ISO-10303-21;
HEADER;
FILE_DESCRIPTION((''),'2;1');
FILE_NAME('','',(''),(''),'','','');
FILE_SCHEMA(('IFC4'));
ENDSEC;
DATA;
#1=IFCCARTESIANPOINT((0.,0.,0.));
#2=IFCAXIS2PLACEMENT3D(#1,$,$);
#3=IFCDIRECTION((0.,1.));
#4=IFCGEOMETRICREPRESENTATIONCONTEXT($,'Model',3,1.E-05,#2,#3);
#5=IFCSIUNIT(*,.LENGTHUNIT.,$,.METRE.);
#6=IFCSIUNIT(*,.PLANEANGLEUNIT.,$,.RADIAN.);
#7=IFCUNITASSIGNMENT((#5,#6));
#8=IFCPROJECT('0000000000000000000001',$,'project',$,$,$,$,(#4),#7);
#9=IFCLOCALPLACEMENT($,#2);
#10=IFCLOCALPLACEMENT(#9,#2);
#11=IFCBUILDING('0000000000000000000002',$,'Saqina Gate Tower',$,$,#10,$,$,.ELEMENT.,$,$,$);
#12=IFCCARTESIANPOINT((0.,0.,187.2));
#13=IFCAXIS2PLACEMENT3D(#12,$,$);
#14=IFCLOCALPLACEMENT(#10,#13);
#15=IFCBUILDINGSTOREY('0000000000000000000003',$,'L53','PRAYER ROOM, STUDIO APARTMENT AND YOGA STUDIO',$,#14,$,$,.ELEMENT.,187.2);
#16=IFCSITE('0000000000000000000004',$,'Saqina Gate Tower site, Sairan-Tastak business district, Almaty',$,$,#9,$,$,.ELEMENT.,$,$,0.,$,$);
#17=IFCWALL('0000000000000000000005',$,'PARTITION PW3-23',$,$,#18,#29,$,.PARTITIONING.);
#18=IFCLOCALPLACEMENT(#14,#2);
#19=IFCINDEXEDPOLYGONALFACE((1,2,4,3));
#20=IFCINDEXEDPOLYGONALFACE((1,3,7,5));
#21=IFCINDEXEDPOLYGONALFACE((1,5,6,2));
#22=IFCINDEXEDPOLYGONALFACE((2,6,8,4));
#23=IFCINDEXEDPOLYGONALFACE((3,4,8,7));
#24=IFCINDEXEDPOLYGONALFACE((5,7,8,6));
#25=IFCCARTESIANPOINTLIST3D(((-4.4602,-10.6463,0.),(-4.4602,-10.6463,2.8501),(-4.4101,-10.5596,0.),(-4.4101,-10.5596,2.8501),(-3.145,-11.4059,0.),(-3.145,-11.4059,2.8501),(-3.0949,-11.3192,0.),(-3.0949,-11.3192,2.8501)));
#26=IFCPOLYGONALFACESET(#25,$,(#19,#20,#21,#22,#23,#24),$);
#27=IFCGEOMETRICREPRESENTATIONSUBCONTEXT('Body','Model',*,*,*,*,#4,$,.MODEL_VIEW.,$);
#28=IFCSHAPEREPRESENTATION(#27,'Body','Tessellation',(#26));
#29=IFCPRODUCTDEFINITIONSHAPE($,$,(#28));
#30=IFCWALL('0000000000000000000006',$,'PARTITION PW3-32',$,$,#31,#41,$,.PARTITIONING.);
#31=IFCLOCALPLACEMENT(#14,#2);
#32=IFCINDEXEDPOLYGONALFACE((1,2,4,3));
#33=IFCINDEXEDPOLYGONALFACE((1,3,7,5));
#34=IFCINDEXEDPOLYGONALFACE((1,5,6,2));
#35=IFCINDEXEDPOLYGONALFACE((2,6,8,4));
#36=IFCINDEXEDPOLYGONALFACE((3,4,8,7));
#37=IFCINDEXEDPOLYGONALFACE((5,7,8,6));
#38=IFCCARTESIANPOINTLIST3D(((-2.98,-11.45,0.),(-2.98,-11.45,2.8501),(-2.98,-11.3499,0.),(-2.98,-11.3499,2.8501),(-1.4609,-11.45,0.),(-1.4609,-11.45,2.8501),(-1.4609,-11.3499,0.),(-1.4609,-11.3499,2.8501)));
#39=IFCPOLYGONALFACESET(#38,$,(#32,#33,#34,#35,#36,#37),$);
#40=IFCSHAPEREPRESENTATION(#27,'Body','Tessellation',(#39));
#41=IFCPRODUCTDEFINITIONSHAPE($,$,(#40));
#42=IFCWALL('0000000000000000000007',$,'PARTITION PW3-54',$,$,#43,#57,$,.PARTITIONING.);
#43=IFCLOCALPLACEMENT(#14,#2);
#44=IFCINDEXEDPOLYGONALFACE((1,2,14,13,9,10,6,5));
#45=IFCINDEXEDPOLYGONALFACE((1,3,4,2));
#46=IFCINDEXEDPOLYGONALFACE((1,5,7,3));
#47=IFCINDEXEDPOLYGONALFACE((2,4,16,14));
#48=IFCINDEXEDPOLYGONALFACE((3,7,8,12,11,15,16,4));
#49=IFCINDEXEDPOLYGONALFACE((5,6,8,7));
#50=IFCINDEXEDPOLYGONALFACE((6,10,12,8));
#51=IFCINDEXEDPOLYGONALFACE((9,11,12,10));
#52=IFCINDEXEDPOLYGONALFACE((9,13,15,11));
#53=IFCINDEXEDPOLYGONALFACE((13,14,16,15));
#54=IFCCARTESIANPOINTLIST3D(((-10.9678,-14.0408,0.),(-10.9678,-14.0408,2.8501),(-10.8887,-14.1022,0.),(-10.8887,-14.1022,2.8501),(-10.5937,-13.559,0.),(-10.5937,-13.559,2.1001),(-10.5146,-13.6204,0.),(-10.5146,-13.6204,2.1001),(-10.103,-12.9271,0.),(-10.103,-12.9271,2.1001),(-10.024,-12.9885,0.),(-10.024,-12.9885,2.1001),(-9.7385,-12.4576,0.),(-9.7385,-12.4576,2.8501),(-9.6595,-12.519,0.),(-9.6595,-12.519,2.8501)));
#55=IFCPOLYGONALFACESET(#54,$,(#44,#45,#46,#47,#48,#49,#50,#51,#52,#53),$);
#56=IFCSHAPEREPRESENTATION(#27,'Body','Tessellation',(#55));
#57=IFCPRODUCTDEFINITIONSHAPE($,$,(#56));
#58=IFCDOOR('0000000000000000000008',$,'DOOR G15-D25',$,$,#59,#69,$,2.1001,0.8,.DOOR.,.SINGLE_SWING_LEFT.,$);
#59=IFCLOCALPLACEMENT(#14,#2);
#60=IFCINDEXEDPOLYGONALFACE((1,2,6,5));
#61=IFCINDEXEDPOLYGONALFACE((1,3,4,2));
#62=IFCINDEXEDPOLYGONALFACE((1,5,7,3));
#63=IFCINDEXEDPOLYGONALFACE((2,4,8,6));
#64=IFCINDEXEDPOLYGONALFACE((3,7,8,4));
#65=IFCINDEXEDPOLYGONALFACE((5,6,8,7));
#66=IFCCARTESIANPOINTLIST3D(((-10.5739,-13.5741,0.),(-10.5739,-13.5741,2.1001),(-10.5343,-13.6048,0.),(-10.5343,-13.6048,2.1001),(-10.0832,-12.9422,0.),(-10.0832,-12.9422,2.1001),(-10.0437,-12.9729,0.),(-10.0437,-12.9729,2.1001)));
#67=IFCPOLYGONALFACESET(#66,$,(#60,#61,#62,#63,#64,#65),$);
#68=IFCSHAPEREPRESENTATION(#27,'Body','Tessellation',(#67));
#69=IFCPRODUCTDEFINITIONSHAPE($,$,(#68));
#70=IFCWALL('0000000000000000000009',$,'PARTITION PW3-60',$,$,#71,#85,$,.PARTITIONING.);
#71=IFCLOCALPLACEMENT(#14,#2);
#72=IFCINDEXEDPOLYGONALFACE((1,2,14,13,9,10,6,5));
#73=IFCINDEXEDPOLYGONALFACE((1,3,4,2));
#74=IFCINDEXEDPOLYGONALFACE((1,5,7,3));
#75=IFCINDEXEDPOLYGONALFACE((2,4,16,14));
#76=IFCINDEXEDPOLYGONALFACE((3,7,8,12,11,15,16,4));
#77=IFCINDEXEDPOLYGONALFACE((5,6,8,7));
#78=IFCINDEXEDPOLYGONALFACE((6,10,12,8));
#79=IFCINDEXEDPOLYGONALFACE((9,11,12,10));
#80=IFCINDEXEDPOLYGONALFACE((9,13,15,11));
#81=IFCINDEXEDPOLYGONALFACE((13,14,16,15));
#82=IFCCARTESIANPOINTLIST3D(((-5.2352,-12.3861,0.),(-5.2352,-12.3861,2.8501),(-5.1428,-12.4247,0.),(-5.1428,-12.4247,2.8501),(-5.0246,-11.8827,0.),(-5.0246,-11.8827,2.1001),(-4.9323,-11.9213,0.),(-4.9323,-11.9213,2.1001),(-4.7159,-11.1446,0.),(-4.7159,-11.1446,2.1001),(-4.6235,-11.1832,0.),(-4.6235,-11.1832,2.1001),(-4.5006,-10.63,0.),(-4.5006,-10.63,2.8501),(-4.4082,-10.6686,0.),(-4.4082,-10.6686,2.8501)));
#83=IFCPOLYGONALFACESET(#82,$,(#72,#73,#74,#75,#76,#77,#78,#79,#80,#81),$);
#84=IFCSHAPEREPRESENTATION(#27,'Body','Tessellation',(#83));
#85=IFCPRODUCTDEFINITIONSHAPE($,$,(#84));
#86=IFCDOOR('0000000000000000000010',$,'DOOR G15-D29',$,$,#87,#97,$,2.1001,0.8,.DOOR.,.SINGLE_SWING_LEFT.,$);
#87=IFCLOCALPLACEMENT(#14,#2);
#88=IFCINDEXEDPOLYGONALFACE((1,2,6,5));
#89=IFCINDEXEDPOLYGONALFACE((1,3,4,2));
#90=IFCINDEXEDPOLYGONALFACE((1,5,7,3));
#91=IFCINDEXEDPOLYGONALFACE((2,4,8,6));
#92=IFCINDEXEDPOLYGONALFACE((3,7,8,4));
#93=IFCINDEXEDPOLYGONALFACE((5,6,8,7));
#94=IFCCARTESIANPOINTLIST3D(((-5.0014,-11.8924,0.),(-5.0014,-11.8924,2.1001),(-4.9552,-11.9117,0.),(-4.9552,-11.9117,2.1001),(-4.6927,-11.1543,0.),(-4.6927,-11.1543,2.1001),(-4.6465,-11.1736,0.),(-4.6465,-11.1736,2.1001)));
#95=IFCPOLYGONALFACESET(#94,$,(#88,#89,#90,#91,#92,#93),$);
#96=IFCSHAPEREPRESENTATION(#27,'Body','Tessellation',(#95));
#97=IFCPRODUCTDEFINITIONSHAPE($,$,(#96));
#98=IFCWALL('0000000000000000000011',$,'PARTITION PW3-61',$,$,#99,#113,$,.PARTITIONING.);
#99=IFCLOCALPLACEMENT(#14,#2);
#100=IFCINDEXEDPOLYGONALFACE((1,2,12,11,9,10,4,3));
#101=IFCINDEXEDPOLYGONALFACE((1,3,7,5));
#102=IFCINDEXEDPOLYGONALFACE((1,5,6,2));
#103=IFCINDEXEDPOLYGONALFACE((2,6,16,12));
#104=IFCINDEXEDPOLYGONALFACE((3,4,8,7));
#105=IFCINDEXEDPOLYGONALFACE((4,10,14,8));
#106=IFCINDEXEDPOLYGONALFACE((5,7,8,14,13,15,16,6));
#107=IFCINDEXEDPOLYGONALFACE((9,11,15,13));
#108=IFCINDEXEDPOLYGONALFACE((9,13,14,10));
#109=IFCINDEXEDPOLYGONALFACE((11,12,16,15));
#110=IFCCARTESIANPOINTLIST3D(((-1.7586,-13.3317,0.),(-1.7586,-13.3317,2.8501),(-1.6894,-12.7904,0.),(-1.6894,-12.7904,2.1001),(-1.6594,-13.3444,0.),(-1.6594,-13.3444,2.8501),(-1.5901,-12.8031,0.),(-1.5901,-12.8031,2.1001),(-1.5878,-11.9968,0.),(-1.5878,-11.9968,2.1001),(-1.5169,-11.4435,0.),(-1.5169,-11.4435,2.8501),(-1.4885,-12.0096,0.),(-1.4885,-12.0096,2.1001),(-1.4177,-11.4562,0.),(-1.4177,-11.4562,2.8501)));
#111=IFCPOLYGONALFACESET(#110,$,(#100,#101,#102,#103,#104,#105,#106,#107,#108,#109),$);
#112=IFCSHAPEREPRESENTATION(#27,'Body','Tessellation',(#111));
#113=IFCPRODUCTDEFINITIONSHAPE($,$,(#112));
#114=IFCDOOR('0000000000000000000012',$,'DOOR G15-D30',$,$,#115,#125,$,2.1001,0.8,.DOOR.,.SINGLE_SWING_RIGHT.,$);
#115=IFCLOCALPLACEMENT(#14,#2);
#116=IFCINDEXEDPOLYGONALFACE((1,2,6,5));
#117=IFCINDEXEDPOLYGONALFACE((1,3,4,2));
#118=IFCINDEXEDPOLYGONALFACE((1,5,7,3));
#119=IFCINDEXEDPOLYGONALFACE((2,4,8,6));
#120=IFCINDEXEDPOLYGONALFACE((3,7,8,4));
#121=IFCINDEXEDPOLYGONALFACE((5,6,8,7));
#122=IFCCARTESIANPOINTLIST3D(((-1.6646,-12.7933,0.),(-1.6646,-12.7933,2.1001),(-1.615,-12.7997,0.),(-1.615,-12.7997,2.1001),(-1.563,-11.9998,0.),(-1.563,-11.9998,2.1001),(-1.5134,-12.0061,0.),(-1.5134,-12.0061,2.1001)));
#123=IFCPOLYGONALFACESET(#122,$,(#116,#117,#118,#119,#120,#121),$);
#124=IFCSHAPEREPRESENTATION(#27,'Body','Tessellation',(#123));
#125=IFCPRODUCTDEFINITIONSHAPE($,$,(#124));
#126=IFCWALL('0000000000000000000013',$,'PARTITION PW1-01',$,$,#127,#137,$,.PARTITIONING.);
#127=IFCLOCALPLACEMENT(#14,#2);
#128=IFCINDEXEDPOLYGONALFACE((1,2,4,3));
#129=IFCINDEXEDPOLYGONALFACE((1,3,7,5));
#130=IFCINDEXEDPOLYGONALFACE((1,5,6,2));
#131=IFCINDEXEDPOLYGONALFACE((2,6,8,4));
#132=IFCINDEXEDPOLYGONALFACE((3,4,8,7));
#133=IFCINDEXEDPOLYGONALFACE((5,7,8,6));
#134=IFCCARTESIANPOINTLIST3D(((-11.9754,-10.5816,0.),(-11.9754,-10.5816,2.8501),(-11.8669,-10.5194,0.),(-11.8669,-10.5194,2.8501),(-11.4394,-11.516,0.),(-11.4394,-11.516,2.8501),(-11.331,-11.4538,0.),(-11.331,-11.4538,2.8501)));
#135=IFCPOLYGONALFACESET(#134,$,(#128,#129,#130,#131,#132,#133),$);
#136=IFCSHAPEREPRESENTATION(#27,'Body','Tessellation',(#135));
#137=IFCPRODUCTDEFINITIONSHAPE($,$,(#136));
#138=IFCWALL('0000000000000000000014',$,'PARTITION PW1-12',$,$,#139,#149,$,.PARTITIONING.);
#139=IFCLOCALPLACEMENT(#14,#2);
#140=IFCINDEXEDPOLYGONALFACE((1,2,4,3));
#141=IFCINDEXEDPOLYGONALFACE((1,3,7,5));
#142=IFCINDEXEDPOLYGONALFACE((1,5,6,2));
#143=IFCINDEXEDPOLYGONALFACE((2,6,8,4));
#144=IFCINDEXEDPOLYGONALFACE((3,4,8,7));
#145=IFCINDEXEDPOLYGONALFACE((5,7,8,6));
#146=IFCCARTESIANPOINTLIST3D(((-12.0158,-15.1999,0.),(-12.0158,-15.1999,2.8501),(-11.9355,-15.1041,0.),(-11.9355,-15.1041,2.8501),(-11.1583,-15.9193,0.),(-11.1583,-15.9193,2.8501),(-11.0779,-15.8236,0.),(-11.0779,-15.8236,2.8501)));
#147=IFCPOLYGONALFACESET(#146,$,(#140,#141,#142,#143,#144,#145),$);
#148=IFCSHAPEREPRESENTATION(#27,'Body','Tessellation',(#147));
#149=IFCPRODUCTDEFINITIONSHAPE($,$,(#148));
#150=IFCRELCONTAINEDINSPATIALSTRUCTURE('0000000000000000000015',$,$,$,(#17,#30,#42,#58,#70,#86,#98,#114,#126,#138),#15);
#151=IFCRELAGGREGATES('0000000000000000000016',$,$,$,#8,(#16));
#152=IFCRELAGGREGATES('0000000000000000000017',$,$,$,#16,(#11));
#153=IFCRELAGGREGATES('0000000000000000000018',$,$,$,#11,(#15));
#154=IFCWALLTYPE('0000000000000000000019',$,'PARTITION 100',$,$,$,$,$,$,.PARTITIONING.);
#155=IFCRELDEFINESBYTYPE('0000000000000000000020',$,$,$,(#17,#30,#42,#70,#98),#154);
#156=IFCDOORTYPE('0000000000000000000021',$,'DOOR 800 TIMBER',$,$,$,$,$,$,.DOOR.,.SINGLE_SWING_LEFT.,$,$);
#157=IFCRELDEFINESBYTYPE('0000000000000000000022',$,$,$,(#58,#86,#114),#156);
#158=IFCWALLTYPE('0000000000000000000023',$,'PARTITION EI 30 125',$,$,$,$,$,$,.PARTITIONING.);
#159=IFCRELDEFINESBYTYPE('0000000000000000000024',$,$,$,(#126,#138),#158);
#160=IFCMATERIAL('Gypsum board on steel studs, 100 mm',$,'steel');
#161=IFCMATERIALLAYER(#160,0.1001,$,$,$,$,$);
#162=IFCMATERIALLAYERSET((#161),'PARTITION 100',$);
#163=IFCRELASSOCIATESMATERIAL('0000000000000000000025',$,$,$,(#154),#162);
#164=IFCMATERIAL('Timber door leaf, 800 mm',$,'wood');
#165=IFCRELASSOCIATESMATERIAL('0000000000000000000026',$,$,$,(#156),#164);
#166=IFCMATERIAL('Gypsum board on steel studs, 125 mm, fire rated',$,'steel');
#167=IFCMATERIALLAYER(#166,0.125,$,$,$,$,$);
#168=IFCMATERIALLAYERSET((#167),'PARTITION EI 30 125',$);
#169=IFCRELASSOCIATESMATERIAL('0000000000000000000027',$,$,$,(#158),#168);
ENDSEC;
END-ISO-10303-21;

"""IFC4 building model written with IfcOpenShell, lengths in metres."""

from ifc_helpers import new_model, si_unit, direction, frame, frame_2d, origin, place, context, subcontext, project, spatial, rectangle, extrude, material, layer, layer_set, type_object, element, fill, save


model = new_model("IFC4")

# Units and contexts
model_context = context("Model", 3, precision=1e-05, world=origin(), true_north=direction((0.0, 1.0)))
body_context = subcontext(model_context, "Body", "Model", "MODEL_VIEW")
ifc_project = project(units=[si_unit("LENGTHUNIT", "METRE"), si_unit("PLANEANGLEUNIT", "RADIAN")], contexts=[model_context])

# Site, building, storey
site_placement = place(None, origin())
site = spatial("IfcSite", under=ifc_project, at=site_placement, Name="Saqina Gate Tower site, Sairan-Tastak business district, Almaty", CompositionType="ELEMENT", RefElevation=0.0)
building_placement = place(site_placement, origin())
building = spatial("IfcBuilding", under=site, at=building_placement, Name="Saqina Gate Tower", CompositionType="ELEMENT")
storey_placement = place(building_placement, frame((0.0, 0.0, 187.2)))
storey = spatial("IfcBuildingStorey", under=building, at=storey_placement, Name="L53", Description="PRAYER ROOM, STUDIO APARTMENT AND YOGA STUDIO", CompositionType="ELEMENT", Elevation=187.2)

# Walls
ifc_material_1 = material(Name="Gypsum board on steel studs, 100 mm", Category="steel")
ifc_layer_1 = layer(ifc_material_1, 0.1001)
ifc_layer_set_1 = layer_set([ifc_layer_1], Name="PARTITION 100")
wall_type_1 = type_object("IfcWallType", Name="PARTITION 100", PredefinedType="PARTITIONING", material=ifc_layer_set_1)
wall_1_placement = place(storey_placement, frame((-4.4351, -10.603, 0.0), z_axis=(0.0, 0.0, 1.0), x_axis=(0.865969, -0.500098, 0.0)))
element("IfcWall", 1, at=wall_1_placement, inside=storey, type_object=wall_type_1, Name="PARTITION PW3-23", PredefinedType="PARTITIONING", context=body_context, shape_type="SweptSolid", body=[
    extrude(rectangle(XDim=1.5188, YDim=0.1001, at=frame_2d((0.7593, 0.0))), origin(), (0.0, 0.0, 1.0), 2.8501),
])
wall_2_placement = place(storey_placement, frame((-2.98, -11.3999, 0.0), z_axis=(0.0, 0.0, 1.0), x_axis=(1.0, 0.0, 0.0)))
element("IfcWall", 2, at=wall_2_placement, inside=storey, type_object=wall_type_1, Name="PARTITION PW3-32", PredefinedType="PARTITIONING", context=body_context, shape_type="SweptSolid", body=[
    extrude(rectangle(XDim=1.519, YDim=0.1001, at=frame_2d((0.7595, 0.0))), origin(), (0.0, 0.0, 1.0), 2.8501),
])

# Walls, openings, doors
wall_3_placement = place(storey_placement, frame((-10.9282, -14.0715, 0.0), z_axis=(0.0, 0.0, 1.0), x_axis=(0.613266, 0.789877, 0.0)))
wall_3 = element("IfcWall", 3, at=wall_3_placement, inside=storey, type_object=wall_type_1, Name="PARTITION PW3-54", PredefinedType="PARTITIONING", context=body_context, shape_type="SweptSolid", body=[
    extrude(rectangle(XDim=2.0044, YDim=0.1001, at=frame_2d((1.0022, 0.0))), origin(), (0.0, 0.0, 1.0), 2.8501),
])
opening_1_placement = place(wall_3_placement, frame((0.6101, 0.0, 0.0)))
opening_1 = element("IfcOpeningElement", 4, at=opening_1_placement, cuts=wall_3, PredefinedType="OPENING", context=body_context, shape_type="SweptSolid", body=[
    extrude(rectangle(XDim=0.8, YDim=2.1001, at=frame_2d((0.3999, 1.05))), frame((0.0, 0.062, 0.0), z_axis=(0.0, -1.0, 0.0), x_axis=(1.0, 0.0, 0.0)), (0.0, 0.0, 1.0), 0.124),
])
ifc_material_2 = material(Name="Timber door leaf, 800 mm", Category="wood")
door_type_1 = type_object("IfcDoorType", Name="DOOR 800 TIMBER", OperationType="SINGLE_SWING_LEFT", PredefinedType="DOOR", material=ifc_material_2)
door_1_placement = place(opening_1_placement, frame((0.8, 0.0, 0.0), z_axis=(0.0, 0.0, 1.0), x_axis=(-1.0, 0.0, 0.0)))
door_1 = element("IfcDoor", 5, at=door_1_placement, inside=storey, type_object=door_type_1, Name="DOOR G15-D25", OperationType="SINGLE_SWING_LEFT", OverallHeight=2.1001, OverallWidth=0.8, PredefinedType="DOOR", context=body_context, shape_type="SweptSolid", body=[
    extrude(rectangle(XDim=0.8, YDim=2.1001, at=frame_2d((0.3999, 1.05))), frame((0.0, 0.0249, 0.0), z_axis=(0.0, -1.0, 0.0), x_axis=(1.0, 0.0, 0.0)), (0.0, 0.0, 1.0), 0.05),
])
fill(opening_1, door_1)
wall_4_placement = place(storey_placement, frame((-5.189, -12.4053, 0.0), z_axis=(0.0, 0.0, 1.0), x_axis=(0.385917, 0.922533, 0.0)))
wall_4 = element("IfcWall", 6, at=wall_4_placement, inside=storey, type_object=wall_type_1, Name="PARTITION PW3-60", PredefinedType="PARTITIONING", context=body_context, shape_type="SweptSolid", body=[
    extrude(rectangle(XDim=1.9036, YDim=0.1001, at=frame_2d((0.9517, 0.0))), origin(), (0.0, 0.0, 1.0), 2.8501),
])
opening_2_placement = place(wall_4_placement, frame((0.5457, 0.0, 0.0)))
opening_2 = element("IfcOpeningElement", 7, at=opening_2_placement, cuts=wall_4, PredefinedType="OPENING", context=body_context, shape_type="SweptSolid", body=[
    extrude(rectangle(XDim=0.8, YDim=2.1001, at=frame_2d((0.3999, 1.05))), frame((0.0, 0.062, 0.0), z_axis=(0.0, -1.0, 0.0), x_axis=(1.0, 0.0, 0.0)), (0.0, 0.0, 1.0), 0.124),
])
door_2_placement = place(opening_2_placement, origin())
door_2 = element("IfcDoor", 8, at=door_2_placement, inside=storey, type_object=door_type_1, Name="DOOR G15-D29", OperationType="SINGLE_SWING_LEFT", OverallHeight=2.1001, OverallWidth=0.8, PredefinedType="DOOR", context=body_context, shape_type="SweptSolid", body=[
    extrude(rectangle(XDim=0.8, YDim=2.1001, at=frame_2d((0.3999, 1.05))), frame((0.0, 0.0249, 0.0), z_axis=(0.0, -1.0, 0.0), x_axis=(1.0, 0.0, 0.0)), (0.0, 0.0, 1.0), 0.05),
])
fill(opening_2, door_2)
wall_5_placement = place(storey_placement, frame((-1.709, -13.3379, 0.0), z_axis=(0.0, 0.0, 1.0), x_axis=(0.12697, 0.991907, 0.0)))
wall_5 = element("IfcWall", 9, at=wall_5_placement, inside=storey, type_object=wall_type_1, Name="PARTITION PW3-61", PredefinedType="PARTITIONING", context=body_context, shape_type="SweptSolid", body=[
    extrude(rectangle(XDim=1.9036, YDim=0.1001, at=frame_2d((0.9517, 0.0))), origin(), (0.0, 0.0, 1.0), 2.8501),
])
opening_3_placement = place(wall_5_placement, frame((0.5457, 0.0, 0.0)))
opening_3 = element("IfcOpeningElement", 10, at=opening_3_placement, cuts=wall_5, PredefinedType="OPENING", context=body_context, shape_type="SweptSolid", body=[
    extrude(rectangle(XDim=0.8, YDim=2.1001, at=frame_2d((0.3999, 1.05))), frame((0.0, 0.062, 0.0), z_axis=(0.0, -1.0, 0.0), x_axis=(1.0, 0.0, 0.0)), (0.0, 0.0, 1.0), 0.124),
])
door_3_placement = place(opening_3_placement, frame((0.8, 0.0, 0.0), z_axis=(0.0, 0.0, 1.0), x_axis=(-1.0, 0.0, 0.0)))
door_3 = element("IfcDoor", 11, at=door_3_placement, inside=storey, type_object=door_type_1, Name="DOOR G15-D30", OperationType="SINGLE_SWING_RIGHT", OverallHeight=2.1001, OverallWidth=0.8, PredefinedType="DOOR", context=body_context, shape_type="SweptSolid", body=[
    extrude(rectangle(XDim=0.8, YDim=2.1001, at=frame_2d((0.3999, 1.05))), frame((0.0, 0.0249, 0.0), z_axis=(0.0, -1.0, 0.0), x_axis=(1.0, 0.0, 0.0)), (0.0, 0.0, 1.0), 0.05),
])
fill(opening_3, door_3)

# Walls
ifc_material_3 = material(Name="Gypsum board on steel studs, 125 mm, fire rated", Category="steel")
ifc_layer_2 = layer(ifc_material_3, 0.125)
ifc_layer_set_2 = layer_set([ifc_layer_2], Name="PARTITION EI 30 125")
wall_type_2 = type_object("IfcWallType", Name="PARTITION EI 30 125", PredefinedType="PARTITIONING", material=ifc_layer_set_2)
wall_6_placement = place(storey_placement, frame((-11.9211, -10.5505, 0.0), z_axis=(0.0, 0.0, 1.0), x_axis=(0.49753, -0.867447, 0.0)))
element("IfcWall", 12, at=wall_6_placement, inside=storey, type_object=wall_type_2, Name="PARTITION PW1-01", PredefinedType="PARTITIONING", context=body_context, shape_type="SweptSolid", body=[
    extrude(rectangle(XDim=1.0771, YDim=0.125, at=frame_2d((0.5386, 0.0))), origin(), (0.0, 0.0, 1.0), 2.8501),
])
wall_7_placement = place(storey_placement, frame((-11.9756, -15.1521, 0.0), z_axis=(0.0, 0.0, 1.0), x_axis=(0.766126, -0.642691, 0.0)))
element("IfcWall", 13, at=wall_7_placement, inside=storey, type_object=wall_type_2, Name="PARTITION PW1-12", PredefinedType="PARTITIONING", context=body_context, shape_type="SweptSolid", body=[
    extrude(rectangle(XDim=1.1194, YDim=0.125, at=frame_2d((0.5596, 0.0))), origin(), (0.0, 0.0, 1.0), 2.8501),
])

save(model, "model.ifc")
